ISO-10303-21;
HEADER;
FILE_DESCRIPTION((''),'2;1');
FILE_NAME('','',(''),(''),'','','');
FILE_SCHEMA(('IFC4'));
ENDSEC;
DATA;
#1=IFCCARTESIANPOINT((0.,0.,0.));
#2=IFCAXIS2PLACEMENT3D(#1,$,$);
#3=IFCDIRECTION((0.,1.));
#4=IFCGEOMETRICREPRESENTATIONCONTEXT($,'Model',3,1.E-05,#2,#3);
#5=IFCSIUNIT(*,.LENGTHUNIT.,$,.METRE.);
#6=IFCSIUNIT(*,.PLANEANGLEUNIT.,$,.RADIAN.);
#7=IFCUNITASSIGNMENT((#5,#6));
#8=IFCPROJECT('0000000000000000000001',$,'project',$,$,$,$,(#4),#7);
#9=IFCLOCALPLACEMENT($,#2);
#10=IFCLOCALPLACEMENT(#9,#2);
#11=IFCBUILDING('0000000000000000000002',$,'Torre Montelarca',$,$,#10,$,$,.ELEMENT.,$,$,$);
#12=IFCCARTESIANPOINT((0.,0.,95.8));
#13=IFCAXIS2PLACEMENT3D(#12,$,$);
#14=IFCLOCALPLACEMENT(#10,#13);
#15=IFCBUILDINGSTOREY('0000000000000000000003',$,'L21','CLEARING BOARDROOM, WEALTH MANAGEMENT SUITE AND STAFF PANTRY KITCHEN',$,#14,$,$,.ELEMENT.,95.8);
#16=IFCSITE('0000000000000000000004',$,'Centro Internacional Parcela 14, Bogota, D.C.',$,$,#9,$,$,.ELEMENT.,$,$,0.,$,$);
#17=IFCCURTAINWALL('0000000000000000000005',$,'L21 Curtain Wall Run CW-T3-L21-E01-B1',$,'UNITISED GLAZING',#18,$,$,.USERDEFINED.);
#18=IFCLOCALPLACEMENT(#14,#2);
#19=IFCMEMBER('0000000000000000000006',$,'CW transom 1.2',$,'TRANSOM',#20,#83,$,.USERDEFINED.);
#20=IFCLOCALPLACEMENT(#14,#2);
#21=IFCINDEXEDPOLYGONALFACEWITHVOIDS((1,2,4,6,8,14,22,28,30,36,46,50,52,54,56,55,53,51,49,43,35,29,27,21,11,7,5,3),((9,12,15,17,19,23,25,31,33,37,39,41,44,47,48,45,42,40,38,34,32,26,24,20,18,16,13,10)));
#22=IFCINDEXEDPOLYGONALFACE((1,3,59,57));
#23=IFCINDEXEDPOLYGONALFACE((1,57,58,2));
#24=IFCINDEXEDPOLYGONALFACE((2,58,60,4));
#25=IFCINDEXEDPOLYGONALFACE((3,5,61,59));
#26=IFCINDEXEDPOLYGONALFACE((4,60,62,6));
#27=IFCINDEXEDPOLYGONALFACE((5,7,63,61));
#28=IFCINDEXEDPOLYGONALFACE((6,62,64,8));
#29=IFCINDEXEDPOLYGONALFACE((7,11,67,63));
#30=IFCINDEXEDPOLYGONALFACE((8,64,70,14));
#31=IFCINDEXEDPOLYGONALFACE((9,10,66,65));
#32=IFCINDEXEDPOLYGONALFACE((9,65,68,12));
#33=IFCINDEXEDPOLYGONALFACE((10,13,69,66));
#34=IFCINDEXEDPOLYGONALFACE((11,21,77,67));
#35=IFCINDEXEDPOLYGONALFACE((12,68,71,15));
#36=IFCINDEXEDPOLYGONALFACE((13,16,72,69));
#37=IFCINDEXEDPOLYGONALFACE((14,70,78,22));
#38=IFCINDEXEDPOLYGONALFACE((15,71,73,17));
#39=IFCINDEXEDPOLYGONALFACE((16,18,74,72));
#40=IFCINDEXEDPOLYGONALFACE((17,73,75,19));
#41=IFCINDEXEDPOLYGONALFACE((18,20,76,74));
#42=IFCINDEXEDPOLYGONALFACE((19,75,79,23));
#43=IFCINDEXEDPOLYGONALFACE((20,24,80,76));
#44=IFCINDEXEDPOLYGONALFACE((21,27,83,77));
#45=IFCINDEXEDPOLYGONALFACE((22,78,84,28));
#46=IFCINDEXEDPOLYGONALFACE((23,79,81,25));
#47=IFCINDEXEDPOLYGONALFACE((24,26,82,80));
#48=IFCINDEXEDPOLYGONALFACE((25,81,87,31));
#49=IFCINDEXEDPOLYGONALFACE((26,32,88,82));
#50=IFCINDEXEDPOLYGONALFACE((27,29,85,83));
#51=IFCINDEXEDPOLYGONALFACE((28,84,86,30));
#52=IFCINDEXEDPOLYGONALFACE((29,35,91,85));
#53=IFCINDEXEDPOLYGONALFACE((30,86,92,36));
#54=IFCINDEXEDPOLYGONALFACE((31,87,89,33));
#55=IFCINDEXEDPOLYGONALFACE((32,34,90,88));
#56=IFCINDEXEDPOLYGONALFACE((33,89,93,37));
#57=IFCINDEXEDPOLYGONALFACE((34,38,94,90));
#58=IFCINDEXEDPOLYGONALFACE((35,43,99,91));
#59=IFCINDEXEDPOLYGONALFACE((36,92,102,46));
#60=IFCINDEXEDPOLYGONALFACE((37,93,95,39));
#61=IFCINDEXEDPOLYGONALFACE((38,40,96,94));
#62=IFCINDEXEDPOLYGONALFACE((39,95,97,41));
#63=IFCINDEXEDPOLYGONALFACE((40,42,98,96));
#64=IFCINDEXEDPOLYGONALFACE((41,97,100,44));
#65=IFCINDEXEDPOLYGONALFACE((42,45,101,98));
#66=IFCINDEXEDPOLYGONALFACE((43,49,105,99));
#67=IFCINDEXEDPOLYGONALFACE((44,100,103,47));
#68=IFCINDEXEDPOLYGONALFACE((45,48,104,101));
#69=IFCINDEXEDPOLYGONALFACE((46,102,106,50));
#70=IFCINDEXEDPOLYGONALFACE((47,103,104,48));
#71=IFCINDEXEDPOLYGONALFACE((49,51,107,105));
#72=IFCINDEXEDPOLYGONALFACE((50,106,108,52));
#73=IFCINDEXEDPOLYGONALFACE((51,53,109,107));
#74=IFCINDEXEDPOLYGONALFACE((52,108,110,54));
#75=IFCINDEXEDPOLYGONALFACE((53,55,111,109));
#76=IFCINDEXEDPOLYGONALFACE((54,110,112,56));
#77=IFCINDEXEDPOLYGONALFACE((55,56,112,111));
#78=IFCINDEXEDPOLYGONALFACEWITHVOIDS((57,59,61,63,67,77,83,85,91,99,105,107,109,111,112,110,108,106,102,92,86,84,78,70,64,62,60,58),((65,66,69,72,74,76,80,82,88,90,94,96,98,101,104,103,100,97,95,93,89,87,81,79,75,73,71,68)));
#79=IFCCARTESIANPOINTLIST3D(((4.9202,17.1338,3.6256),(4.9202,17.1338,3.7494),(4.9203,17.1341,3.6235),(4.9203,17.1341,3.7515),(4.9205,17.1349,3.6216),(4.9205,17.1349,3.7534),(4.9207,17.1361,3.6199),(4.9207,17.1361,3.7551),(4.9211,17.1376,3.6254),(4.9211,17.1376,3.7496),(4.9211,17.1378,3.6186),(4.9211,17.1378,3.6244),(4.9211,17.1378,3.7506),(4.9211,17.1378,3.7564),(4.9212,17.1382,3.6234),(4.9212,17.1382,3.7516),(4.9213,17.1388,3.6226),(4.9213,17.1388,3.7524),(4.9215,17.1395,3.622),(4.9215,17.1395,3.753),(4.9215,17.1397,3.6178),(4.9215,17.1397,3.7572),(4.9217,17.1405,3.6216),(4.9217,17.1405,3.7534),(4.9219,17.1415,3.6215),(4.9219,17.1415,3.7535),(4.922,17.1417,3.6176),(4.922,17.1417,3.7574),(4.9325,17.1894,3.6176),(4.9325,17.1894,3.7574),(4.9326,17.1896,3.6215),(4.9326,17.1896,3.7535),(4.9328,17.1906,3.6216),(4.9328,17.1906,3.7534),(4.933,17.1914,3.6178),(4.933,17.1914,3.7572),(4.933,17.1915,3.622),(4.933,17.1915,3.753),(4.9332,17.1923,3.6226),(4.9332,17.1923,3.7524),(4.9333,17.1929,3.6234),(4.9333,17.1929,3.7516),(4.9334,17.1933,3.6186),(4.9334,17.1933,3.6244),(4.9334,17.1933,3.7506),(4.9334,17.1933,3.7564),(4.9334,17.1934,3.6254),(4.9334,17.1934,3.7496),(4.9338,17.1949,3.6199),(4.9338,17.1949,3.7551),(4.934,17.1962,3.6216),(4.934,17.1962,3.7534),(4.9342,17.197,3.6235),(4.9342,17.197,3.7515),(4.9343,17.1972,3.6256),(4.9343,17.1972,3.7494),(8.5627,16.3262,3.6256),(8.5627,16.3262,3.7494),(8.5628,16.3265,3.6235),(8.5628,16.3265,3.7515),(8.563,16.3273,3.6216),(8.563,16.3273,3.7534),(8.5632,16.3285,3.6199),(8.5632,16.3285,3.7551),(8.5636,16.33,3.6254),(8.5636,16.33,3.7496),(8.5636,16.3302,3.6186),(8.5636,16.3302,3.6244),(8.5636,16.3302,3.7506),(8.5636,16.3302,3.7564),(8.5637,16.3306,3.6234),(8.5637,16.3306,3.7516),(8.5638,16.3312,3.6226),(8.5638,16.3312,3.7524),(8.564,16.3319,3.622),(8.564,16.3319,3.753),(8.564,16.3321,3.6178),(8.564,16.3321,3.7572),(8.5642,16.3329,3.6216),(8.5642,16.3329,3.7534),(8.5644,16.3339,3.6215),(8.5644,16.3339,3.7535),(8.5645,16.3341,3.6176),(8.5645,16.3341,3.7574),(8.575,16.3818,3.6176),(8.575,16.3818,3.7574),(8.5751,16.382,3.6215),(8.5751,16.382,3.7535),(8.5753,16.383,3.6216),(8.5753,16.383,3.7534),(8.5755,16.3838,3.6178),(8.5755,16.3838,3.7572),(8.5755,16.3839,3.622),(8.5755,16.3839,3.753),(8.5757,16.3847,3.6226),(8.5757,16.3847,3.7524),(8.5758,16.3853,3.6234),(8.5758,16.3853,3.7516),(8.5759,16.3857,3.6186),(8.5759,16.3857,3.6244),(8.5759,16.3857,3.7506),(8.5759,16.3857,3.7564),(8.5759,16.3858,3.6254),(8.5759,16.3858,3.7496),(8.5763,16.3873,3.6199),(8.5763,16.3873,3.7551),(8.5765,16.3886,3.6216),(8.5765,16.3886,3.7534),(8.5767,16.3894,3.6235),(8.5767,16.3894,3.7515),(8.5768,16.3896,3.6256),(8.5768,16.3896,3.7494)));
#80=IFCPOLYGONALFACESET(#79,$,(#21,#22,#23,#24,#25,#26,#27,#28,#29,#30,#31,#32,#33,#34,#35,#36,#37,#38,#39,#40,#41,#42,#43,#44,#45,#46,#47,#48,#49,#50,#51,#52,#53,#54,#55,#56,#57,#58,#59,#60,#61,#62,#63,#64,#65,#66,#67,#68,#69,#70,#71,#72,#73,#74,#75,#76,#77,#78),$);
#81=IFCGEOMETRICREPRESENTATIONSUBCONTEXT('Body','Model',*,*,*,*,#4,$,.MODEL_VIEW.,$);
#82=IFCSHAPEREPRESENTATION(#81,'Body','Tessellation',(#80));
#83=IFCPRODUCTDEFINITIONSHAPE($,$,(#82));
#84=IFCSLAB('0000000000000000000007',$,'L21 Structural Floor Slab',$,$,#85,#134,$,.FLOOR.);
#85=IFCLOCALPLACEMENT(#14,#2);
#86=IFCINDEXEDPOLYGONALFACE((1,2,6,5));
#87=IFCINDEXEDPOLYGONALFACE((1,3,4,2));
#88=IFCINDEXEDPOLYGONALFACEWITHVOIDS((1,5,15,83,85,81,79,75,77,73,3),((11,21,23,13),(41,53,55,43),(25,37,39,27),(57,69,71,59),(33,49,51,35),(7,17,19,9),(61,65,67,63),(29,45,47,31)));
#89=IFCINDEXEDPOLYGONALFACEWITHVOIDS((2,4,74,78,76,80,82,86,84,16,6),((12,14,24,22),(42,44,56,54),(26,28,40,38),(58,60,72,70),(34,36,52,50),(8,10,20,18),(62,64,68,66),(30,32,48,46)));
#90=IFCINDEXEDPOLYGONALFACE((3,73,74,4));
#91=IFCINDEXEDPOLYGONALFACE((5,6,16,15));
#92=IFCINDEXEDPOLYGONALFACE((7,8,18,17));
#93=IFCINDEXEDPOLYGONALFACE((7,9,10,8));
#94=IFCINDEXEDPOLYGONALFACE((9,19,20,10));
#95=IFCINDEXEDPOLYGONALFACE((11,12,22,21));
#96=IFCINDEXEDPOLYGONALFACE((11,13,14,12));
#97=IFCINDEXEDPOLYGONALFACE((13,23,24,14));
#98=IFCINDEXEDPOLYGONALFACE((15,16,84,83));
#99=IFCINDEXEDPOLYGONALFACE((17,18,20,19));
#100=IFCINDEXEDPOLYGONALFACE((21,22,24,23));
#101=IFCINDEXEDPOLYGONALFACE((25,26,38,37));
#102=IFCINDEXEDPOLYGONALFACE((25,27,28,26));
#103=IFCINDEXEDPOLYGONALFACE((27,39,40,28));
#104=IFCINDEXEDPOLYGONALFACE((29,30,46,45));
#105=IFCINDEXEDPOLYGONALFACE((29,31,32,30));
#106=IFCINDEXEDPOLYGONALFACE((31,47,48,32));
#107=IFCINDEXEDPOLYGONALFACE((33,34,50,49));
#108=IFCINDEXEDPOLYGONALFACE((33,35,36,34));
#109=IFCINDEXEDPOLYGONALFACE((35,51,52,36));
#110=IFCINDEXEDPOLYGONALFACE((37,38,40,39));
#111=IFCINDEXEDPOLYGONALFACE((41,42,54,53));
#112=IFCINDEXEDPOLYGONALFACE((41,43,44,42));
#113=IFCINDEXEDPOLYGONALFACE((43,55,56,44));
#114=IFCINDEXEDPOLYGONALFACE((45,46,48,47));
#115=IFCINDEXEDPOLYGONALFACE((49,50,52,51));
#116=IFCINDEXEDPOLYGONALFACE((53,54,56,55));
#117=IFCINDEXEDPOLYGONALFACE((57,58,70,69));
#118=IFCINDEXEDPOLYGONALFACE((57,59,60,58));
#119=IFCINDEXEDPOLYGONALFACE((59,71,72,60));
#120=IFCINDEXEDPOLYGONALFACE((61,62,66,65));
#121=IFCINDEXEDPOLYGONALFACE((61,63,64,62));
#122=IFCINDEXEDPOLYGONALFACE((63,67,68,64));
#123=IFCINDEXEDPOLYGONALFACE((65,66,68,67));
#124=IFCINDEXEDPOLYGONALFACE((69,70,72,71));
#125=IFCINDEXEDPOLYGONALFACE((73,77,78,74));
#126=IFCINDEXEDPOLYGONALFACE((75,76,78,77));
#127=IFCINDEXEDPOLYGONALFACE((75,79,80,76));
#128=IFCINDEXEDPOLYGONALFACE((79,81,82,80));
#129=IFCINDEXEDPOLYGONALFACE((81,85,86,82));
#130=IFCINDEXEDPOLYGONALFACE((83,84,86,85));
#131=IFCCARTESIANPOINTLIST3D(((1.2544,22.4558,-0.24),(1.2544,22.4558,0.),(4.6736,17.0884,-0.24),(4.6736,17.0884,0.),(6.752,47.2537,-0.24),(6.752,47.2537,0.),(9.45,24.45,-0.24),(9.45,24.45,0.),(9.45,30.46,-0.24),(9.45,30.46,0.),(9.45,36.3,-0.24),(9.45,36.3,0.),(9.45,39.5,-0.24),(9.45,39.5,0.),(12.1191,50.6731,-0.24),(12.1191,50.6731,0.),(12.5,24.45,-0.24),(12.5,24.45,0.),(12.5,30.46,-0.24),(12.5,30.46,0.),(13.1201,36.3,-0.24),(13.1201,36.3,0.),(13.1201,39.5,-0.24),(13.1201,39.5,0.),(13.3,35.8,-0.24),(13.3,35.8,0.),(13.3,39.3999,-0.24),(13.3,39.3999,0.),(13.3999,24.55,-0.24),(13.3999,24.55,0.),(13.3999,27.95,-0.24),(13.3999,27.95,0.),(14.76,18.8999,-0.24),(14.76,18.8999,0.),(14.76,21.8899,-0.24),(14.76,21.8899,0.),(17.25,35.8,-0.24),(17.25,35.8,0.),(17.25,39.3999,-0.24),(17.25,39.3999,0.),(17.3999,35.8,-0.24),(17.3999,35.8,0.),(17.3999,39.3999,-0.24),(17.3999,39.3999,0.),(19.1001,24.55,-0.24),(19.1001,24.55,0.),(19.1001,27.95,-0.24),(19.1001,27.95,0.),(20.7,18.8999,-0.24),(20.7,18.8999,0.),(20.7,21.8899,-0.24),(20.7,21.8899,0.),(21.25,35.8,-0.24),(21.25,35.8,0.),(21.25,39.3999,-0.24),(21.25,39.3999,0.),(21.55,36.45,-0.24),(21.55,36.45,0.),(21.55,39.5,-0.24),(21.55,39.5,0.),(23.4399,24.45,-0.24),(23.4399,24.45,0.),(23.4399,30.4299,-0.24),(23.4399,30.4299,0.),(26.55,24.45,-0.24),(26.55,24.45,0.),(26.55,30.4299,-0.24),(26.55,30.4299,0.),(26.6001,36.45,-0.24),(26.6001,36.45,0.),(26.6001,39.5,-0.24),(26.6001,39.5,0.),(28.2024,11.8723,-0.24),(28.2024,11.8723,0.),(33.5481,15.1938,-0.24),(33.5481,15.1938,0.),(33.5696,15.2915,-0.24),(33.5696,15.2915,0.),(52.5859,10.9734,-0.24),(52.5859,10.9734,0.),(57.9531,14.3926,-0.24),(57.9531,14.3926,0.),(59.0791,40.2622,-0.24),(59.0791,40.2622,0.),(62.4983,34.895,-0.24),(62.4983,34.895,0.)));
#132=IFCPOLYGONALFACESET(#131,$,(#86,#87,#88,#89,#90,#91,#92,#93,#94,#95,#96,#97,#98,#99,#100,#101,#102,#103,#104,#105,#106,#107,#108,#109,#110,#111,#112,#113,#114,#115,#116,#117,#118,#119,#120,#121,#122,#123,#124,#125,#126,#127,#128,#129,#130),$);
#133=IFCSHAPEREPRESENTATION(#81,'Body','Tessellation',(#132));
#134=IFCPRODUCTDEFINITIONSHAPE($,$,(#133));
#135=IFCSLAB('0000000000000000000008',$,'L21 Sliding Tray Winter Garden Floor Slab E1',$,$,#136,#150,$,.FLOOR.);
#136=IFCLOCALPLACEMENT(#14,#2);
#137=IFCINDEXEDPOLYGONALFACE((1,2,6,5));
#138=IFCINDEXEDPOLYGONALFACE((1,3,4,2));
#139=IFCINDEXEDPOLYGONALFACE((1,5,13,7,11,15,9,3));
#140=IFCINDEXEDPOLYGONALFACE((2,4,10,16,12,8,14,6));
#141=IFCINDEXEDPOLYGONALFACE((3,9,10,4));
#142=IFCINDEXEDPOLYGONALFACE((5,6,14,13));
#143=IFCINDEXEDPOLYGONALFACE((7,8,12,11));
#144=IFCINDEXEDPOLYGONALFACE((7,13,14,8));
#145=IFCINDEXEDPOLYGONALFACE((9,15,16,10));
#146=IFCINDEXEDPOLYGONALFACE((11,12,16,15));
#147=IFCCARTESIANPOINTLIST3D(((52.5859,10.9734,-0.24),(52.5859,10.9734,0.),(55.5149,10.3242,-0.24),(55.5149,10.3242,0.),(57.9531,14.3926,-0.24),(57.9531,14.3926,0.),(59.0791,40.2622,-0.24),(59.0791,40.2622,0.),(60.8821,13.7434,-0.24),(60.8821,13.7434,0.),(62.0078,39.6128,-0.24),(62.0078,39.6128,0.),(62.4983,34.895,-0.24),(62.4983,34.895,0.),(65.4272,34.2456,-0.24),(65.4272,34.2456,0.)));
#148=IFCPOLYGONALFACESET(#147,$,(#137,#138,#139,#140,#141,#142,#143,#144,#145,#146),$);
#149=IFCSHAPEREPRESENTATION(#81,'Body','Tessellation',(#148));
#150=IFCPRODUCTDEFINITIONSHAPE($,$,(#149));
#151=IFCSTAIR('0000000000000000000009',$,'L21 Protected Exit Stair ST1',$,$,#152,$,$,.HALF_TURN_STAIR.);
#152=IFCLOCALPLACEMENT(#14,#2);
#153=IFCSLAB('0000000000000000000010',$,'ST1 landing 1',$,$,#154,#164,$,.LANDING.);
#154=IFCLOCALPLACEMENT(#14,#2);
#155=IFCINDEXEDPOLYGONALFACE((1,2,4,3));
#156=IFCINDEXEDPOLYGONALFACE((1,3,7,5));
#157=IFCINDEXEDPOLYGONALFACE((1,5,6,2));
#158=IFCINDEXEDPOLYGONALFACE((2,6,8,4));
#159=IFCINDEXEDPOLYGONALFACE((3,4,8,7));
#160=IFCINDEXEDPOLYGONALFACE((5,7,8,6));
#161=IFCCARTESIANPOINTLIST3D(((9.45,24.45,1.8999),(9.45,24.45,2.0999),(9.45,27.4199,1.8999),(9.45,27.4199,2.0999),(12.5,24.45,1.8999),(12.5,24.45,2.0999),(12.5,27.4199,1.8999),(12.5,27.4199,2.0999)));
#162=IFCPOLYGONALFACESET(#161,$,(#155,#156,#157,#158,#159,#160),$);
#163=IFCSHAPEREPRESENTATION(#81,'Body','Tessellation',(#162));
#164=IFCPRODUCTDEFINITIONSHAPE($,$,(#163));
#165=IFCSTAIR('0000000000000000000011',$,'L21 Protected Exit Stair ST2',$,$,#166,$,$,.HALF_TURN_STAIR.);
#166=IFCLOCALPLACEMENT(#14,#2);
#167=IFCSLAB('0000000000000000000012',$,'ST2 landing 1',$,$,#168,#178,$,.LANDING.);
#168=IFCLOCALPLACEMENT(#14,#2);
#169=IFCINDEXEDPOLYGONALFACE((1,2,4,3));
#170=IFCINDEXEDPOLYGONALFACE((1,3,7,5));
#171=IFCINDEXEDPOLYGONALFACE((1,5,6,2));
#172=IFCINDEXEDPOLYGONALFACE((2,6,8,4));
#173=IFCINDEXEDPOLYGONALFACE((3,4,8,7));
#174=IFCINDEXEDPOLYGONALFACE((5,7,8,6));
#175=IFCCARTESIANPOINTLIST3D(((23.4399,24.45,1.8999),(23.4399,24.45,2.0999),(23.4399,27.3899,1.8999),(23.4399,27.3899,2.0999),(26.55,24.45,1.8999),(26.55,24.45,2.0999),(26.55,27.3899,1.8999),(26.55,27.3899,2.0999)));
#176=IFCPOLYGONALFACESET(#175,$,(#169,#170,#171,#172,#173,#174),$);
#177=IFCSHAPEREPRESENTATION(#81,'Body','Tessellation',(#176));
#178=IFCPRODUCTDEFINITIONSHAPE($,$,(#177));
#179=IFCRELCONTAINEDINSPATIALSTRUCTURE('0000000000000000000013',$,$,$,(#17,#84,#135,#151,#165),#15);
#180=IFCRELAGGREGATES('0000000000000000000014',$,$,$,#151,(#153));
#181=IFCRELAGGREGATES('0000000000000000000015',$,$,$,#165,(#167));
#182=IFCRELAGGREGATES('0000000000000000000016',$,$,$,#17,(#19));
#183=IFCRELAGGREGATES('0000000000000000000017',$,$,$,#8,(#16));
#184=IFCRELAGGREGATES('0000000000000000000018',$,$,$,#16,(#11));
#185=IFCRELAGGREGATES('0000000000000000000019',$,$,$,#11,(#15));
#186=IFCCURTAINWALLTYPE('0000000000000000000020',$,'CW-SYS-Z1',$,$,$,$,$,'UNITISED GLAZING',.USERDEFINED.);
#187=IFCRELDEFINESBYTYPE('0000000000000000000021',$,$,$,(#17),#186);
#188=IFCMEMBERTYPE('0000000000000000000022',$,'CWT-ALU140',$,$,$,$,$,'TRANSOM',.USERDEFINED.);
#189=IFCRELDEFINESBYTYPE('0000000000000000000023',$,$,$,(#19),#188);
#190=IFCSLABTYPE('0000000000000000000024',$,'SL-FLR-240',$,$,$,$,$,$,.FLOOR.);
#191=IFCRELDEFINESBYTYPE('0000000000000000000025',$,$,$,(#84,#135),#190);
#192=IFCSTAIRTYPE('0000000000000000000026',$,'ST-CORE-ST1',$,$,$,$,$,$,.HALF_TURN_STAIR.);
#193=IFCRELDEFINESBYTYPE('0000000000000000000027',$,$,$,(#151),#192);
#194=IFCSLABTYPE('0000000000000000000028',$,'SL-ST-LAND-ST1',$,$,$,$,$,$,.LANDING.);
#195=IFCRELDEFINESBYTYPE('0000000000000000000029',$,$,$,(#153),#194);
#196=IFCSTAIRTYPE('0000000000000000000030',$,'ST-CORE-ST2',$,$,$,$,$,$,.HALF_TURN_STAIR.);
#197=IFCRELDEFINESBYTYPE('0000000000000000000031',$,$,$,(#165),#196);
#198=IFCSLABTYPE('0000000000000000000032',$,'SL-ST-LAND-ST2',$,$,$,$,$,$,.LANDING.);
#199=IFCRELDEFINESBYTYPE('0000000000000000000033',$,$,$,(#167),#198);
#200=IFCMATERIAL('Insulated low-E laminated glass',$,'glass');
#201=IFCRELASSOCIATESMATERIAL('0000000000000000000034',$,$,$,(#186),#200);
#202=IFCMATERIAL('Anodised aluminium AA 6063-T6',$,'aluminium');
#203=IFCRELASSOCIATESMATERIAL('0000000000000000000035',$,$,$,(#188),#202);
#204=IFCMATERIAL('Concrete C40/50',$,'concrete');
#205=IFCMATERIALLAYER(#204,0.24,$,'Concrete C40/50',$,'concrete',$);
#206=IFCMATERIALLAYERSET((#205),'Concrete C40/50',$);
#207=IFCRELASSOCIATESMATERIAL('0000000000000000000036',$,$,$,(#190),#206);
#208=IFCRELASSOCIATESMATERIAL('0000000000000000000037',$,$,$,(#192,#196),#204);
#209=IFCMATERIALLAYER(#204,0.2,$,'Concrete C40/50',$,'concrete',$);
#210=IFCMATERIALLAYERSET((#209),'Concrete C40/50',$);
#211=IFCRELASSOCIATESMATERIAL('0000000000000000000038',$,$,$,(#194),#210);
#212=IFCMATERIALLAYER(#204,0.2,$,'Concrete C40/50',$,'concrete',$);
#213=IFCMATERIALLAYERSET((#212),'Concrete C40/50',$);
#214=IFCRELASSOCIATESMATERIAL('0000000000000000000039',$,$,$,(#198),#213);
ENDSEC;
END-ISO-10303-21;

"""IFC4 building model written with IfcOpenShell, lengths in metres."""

from ifc_helpers import new_model, si_unit, direction, frame, origin, origin_2d, place, context, subcontext, project, spatial, polyline, hollow_rectangle, outline, extrude, source, transform, mapped, material, layer, layer_set, material_profile, profile_set, type_object, element, aggregate, save


model = new_model("IFC4")

# Units and contexts
model_context = context("Model", 3, precision=1e-05, world=origin(), true_north=direction((0.0, 1.0)))
body_context = subcontext(model_context, "Body", "Model", "MODEL_VIEW")
ifc_project = project(units=[si_unit("LENGTHUNIT", "METRE"), si_unit("PLANEANGLEUNIT", "RADIAN")], contexts=[model_context])

# Site, building, storey
site_placement = place(None, origin())
site = spatial("IfcSite", under=ifc_project, at=site_placement, Name="Centro Internacional Parcela 14, Bogota, D.C.", CompositionType="ELEMENT", RefElevation=0.0)
building_placement = place(site_placement, origin())
building = spatial("IfcBuilding", under=site, at=building_placement, Name="Torre Montelarca", CompositionType="ELEMENT")
storey_placement = place(building_placement, frame((0.0, 0.0, 95.8)))
storey = spatial("IfcBuildingStorey", under=building, at=storey_placement, Name="L21", Description="CLEARING BOARDROOM, WEALTH MANAGEMENT SUITE AND STAFF PANTRY KITCHEN", CompositionType="ELEMENT", Elevation=95.8)

# Curtain wall
ifc_material_1 = material(Name="Insulated low-E laminated glass", Category="glass")
curtain_wall_type = type_object("IfcCurtainWallType", Name="CW-SYS-Z1", ElementType="UNITISED GLAZING", PredefinedType="USERDEFINED", material=ifc_material_1)
curtain_wall_1_placement = place(storey_placement, origin())
curtain_wall_1 = element("IfcCurtainWall", 1, at=curtain_wall_1_placement, inside=storey, type_object=curtain_wall_type, Name="L21 Curtain Wall Run CW-T3-L21-E01-B1", ObjectType="UNITISED GLAZING", PredefinedType="USERDEFINED")
ifc_material_2 = material(Name="Anodised aluminium AA 6063-T6", Category="aluminium")
ifc_material_profile_1 = material_profile(ifc_material_2, hollow_rectangle(XDim=0.0649, YDim=0.1399, WallThickness=0.0039, InnerFilletRadius=0.0039, OuterFilletRadius=0.0081, at=origin_2d()), Name="ALU65X140X4", Category="aluminium")
ifc_profile_set_1 = profile_set([ifc_material_profile_1], Name="Anodised aluminium AA 6063-T6")
member_type_1 = type_object("IfcMemberType", Name="CWT-ALU140", ElementType="TRANSOM", PredefinedType="USERDEFINED", material=ifc_profile_set_1)

# Member
shared_shape_1 = source(origin(), body_context, "Body", "SweptSolid", [
    extrude(hollow_rectangle(XDim=0.0649, YDim=0.1399, WallThickness=0.0039, InnerFilletRadius=0.0039, OuterFilletRadius=0.0081, at=origin_2d()), origin(), (0.0, 0.0, 1.0), 3.731),
])
member_1_placement = place(storey_placement, frame((4.9272, 17.1655, 3.6875), z_axis=(0.976292, -0.216459, 0.0), x_axis=(0.216459, 0.976292, 0.0)))
member_1 = element("IfcMember", 2, at=member_1_placement, type_object=member_type_1, Name="CW transom 1.2", ObjectType="TRANSOM", PredefinedType="USERDEFINED", context=body_context, shape_type="MappedRepresentation", body=[
    mapped(shared_shape_1, transform((0.0, 0.0, 0.0), scale=1.0)),
])

# Slabs
ifc_material_3 = material(Name="Concrete C40/50", Category="concrete")
ifc_layer_1 = layer(ifc_material_3, 0.24, Name="Concrete C40/50", Category="concrete")
ifc_layer_set_1 = layer_set([ifc_layer_1], Name="Concrete C40/50")
slab_type_1 = type_object("IfcSlabType", Name="SL-FLR-240", PredefinedType="FLOOR", material=ifc_layer_set_1)
slab_1_placement = place(storey_placement, frame((0.0, 0.0, -0.24)))
element("IfcSlab", 3, at=slab_1_placement, inside=storey, type_object=slab_type_1, Name="L21 Structural Floor Slab", PredefinedType="FLOOR", context=body_context, shape_type="SweptSolid", body=[
    extrude(outline(polyline([(28.2024, 11.8723), (33.5696, 15.2915), (33.5481, 15.1938), (52.5859, 10.9734), (57.9531, 14.3926), (62.4983, 34.895), (59.0791, 40.2622), (12.1191, 50.6731), (6.752, 47.2537), (1.2544, 22.4558), (4.6736, 17.0884), (28.2024, 11.8723)]), holes=[polyline([(20.7, 18.8999), (14.76, 18.8999), (14.76, 21.8899), (20.7, 21.8899), (20.7, 18.8999)]), polyline([(19.1001, 24.55), (13.3999, 24.55), (13.3999, 27.95), (19.1001, 27.95), (19.1001, 24.55)]), polyline([(23.4399, 24.45), (23.4399, 30.4299), (26.55, 30.4299), (26.55, 24.45), (23.4399, 24.45)]), polyline([(9.45, 24.45), (9.45, 30.46), (12.5, 30.46), (12.5, 24.45), (9.45, 24.45)]), polyline([(17.25, 35.8), (13.3, 35.8), (13.3, 39.3999), (17.25, 39.3999), (17.25, 35.8)]), polyline([(21.25, 35.8), (17.3999, 35.8), (17.3999, 39.3999), (21.25, 39.3999), (21.25, 35.8)]), polyline([(13.1201, 36.3), (9.45, 36.3), (9.45, 39.5), (13.1201, 39.5), (13.1201, 36.3)]), polyline([(26.6001, 36.45), (21.55, 36.45), (21.55, 39.5), (26.6001, 39.5), (26.6001, 36.45)])]), origin(), (0.0, 0.0, 1.0), 0.24),
])
slab_2_placement = place(storey_placement, frame((0.0, 0.0, -0.24)))
element("IfcSlab", 4, at=slab_2_placement, inside=storey, type_object=slab_type_1, Name="L21 Sliding Tray Winter Garden Floor Slab E1", PredefinedType="FLOOR", context=body_context, shape_type="SweptSolid", body=[
    extrude(outline(polyline([(59.0791, 40.2622), (62.4983, 34.895), (57.9531, 14.3926), (52.5859, 10.9734), (55.5149, 10.3242), (60.8821, 13.7434), (65.4272, 34.2456), (62.0078, 39.6128), (59.0791, 40.2622)])), origin(), (0.0, 0.0, 1.0), 0.24),
])

# Stairs, slabs
stair_type_1 = type_object("IfcStairType", Name="ST-CORE-ST1", PredefinedType="HALF_TURN_STAIR", material=ifc_material_3)
stair_1_placement = place(storey_placement, origin())
stair_1 = element("IfcStair", 5, at=stair_1_placement, inside=storey, type_object=stair_type_1, Name="L21 Protected Exit Stair ST1", PredefinedType="HALF_TURN_STAIR")
ifc_layer_2 = layer(ifc_material_3, 0.2, Name="Concrete C40/50", Category="concrete")
ifc_layer_set_2 = layer_set([ifc_layer_2], Name="Concrete C40/50")
slab_type_2 = type_object("IfcSlabType", Name="SL-ST-LAND-ST1", PredefinedType="LANDING", material=ifc_layer_set_2)
slab_3_placement = place(storey_placement, frame((0.0, 0.0, 1.8999)))
slab_3 = element("IfcSlab", 6, at=slab_3_placement, type_object=slab_type_2, Name="ST1 landing 1", PredefinedType="LANDING", context=body_context, shape_type="SweptSolid", body=[
    extrude(outline(polyline([(9.45, 27.4199), (9.45, 24.45), (12.5, 24.45), (12.5, 27.4199), (9.45, 27.4199)])), origin(), (0.0, 0.0, 1.0), 0.2),
])
aggregate(stair_1, [slab_3])
stair_type_2 = type_object("IfcStairType", Name="ST-CORE-ST2", PredefinedType="HALF_TURN_STAIR", material=ifc_material_3)
stair_2_placement = place(storey_placement, origin())
stair_2 = element("IfcStair", 7, at=stair_2_placement, inside=storey, type_object=stair_type_2, Name="L21 Protected Exit Stair ST2", PredefinedType="HALF_TURN_STAIR")
ifc_layer_3 = layer(ifc_material_3, 0.2, Name="Concrete C40/50", Category="concrete")
ifc_layer_set_3 = layer_set([ifc_layer_3], Name="Concrete C40/50")
slab_type_3 = type_object("IfcSlabType", Name="SL-ST-LAND-ST2", PredefinedType="LANDING", material=ifc_layer_set_3)
slab_4_placement = place(storey_placement, frame((0.0, 0.0, 1.8999)))
slab_4 = element("IfcSlab", 8, at=slab_4_placement, type_object=slab_type_3, Name="ST2 landing 1", PredefinedType="LANDING", context=body_context, shape_type="SweptSolid", body=[
    extrude(outline(polyline([(23.4399, 27.3899), (23.4399, 24.45), (26.55, 24.45), (26.55, 27.3899), (23.4399, 27.3899)])), origin(), (0.0, 0.0, 1.0), 0.2),
])
aggregate(stair_2, [slab_4])

aggregate(curtain_wall_1, [member_1])

save(model, "model.ifc")
